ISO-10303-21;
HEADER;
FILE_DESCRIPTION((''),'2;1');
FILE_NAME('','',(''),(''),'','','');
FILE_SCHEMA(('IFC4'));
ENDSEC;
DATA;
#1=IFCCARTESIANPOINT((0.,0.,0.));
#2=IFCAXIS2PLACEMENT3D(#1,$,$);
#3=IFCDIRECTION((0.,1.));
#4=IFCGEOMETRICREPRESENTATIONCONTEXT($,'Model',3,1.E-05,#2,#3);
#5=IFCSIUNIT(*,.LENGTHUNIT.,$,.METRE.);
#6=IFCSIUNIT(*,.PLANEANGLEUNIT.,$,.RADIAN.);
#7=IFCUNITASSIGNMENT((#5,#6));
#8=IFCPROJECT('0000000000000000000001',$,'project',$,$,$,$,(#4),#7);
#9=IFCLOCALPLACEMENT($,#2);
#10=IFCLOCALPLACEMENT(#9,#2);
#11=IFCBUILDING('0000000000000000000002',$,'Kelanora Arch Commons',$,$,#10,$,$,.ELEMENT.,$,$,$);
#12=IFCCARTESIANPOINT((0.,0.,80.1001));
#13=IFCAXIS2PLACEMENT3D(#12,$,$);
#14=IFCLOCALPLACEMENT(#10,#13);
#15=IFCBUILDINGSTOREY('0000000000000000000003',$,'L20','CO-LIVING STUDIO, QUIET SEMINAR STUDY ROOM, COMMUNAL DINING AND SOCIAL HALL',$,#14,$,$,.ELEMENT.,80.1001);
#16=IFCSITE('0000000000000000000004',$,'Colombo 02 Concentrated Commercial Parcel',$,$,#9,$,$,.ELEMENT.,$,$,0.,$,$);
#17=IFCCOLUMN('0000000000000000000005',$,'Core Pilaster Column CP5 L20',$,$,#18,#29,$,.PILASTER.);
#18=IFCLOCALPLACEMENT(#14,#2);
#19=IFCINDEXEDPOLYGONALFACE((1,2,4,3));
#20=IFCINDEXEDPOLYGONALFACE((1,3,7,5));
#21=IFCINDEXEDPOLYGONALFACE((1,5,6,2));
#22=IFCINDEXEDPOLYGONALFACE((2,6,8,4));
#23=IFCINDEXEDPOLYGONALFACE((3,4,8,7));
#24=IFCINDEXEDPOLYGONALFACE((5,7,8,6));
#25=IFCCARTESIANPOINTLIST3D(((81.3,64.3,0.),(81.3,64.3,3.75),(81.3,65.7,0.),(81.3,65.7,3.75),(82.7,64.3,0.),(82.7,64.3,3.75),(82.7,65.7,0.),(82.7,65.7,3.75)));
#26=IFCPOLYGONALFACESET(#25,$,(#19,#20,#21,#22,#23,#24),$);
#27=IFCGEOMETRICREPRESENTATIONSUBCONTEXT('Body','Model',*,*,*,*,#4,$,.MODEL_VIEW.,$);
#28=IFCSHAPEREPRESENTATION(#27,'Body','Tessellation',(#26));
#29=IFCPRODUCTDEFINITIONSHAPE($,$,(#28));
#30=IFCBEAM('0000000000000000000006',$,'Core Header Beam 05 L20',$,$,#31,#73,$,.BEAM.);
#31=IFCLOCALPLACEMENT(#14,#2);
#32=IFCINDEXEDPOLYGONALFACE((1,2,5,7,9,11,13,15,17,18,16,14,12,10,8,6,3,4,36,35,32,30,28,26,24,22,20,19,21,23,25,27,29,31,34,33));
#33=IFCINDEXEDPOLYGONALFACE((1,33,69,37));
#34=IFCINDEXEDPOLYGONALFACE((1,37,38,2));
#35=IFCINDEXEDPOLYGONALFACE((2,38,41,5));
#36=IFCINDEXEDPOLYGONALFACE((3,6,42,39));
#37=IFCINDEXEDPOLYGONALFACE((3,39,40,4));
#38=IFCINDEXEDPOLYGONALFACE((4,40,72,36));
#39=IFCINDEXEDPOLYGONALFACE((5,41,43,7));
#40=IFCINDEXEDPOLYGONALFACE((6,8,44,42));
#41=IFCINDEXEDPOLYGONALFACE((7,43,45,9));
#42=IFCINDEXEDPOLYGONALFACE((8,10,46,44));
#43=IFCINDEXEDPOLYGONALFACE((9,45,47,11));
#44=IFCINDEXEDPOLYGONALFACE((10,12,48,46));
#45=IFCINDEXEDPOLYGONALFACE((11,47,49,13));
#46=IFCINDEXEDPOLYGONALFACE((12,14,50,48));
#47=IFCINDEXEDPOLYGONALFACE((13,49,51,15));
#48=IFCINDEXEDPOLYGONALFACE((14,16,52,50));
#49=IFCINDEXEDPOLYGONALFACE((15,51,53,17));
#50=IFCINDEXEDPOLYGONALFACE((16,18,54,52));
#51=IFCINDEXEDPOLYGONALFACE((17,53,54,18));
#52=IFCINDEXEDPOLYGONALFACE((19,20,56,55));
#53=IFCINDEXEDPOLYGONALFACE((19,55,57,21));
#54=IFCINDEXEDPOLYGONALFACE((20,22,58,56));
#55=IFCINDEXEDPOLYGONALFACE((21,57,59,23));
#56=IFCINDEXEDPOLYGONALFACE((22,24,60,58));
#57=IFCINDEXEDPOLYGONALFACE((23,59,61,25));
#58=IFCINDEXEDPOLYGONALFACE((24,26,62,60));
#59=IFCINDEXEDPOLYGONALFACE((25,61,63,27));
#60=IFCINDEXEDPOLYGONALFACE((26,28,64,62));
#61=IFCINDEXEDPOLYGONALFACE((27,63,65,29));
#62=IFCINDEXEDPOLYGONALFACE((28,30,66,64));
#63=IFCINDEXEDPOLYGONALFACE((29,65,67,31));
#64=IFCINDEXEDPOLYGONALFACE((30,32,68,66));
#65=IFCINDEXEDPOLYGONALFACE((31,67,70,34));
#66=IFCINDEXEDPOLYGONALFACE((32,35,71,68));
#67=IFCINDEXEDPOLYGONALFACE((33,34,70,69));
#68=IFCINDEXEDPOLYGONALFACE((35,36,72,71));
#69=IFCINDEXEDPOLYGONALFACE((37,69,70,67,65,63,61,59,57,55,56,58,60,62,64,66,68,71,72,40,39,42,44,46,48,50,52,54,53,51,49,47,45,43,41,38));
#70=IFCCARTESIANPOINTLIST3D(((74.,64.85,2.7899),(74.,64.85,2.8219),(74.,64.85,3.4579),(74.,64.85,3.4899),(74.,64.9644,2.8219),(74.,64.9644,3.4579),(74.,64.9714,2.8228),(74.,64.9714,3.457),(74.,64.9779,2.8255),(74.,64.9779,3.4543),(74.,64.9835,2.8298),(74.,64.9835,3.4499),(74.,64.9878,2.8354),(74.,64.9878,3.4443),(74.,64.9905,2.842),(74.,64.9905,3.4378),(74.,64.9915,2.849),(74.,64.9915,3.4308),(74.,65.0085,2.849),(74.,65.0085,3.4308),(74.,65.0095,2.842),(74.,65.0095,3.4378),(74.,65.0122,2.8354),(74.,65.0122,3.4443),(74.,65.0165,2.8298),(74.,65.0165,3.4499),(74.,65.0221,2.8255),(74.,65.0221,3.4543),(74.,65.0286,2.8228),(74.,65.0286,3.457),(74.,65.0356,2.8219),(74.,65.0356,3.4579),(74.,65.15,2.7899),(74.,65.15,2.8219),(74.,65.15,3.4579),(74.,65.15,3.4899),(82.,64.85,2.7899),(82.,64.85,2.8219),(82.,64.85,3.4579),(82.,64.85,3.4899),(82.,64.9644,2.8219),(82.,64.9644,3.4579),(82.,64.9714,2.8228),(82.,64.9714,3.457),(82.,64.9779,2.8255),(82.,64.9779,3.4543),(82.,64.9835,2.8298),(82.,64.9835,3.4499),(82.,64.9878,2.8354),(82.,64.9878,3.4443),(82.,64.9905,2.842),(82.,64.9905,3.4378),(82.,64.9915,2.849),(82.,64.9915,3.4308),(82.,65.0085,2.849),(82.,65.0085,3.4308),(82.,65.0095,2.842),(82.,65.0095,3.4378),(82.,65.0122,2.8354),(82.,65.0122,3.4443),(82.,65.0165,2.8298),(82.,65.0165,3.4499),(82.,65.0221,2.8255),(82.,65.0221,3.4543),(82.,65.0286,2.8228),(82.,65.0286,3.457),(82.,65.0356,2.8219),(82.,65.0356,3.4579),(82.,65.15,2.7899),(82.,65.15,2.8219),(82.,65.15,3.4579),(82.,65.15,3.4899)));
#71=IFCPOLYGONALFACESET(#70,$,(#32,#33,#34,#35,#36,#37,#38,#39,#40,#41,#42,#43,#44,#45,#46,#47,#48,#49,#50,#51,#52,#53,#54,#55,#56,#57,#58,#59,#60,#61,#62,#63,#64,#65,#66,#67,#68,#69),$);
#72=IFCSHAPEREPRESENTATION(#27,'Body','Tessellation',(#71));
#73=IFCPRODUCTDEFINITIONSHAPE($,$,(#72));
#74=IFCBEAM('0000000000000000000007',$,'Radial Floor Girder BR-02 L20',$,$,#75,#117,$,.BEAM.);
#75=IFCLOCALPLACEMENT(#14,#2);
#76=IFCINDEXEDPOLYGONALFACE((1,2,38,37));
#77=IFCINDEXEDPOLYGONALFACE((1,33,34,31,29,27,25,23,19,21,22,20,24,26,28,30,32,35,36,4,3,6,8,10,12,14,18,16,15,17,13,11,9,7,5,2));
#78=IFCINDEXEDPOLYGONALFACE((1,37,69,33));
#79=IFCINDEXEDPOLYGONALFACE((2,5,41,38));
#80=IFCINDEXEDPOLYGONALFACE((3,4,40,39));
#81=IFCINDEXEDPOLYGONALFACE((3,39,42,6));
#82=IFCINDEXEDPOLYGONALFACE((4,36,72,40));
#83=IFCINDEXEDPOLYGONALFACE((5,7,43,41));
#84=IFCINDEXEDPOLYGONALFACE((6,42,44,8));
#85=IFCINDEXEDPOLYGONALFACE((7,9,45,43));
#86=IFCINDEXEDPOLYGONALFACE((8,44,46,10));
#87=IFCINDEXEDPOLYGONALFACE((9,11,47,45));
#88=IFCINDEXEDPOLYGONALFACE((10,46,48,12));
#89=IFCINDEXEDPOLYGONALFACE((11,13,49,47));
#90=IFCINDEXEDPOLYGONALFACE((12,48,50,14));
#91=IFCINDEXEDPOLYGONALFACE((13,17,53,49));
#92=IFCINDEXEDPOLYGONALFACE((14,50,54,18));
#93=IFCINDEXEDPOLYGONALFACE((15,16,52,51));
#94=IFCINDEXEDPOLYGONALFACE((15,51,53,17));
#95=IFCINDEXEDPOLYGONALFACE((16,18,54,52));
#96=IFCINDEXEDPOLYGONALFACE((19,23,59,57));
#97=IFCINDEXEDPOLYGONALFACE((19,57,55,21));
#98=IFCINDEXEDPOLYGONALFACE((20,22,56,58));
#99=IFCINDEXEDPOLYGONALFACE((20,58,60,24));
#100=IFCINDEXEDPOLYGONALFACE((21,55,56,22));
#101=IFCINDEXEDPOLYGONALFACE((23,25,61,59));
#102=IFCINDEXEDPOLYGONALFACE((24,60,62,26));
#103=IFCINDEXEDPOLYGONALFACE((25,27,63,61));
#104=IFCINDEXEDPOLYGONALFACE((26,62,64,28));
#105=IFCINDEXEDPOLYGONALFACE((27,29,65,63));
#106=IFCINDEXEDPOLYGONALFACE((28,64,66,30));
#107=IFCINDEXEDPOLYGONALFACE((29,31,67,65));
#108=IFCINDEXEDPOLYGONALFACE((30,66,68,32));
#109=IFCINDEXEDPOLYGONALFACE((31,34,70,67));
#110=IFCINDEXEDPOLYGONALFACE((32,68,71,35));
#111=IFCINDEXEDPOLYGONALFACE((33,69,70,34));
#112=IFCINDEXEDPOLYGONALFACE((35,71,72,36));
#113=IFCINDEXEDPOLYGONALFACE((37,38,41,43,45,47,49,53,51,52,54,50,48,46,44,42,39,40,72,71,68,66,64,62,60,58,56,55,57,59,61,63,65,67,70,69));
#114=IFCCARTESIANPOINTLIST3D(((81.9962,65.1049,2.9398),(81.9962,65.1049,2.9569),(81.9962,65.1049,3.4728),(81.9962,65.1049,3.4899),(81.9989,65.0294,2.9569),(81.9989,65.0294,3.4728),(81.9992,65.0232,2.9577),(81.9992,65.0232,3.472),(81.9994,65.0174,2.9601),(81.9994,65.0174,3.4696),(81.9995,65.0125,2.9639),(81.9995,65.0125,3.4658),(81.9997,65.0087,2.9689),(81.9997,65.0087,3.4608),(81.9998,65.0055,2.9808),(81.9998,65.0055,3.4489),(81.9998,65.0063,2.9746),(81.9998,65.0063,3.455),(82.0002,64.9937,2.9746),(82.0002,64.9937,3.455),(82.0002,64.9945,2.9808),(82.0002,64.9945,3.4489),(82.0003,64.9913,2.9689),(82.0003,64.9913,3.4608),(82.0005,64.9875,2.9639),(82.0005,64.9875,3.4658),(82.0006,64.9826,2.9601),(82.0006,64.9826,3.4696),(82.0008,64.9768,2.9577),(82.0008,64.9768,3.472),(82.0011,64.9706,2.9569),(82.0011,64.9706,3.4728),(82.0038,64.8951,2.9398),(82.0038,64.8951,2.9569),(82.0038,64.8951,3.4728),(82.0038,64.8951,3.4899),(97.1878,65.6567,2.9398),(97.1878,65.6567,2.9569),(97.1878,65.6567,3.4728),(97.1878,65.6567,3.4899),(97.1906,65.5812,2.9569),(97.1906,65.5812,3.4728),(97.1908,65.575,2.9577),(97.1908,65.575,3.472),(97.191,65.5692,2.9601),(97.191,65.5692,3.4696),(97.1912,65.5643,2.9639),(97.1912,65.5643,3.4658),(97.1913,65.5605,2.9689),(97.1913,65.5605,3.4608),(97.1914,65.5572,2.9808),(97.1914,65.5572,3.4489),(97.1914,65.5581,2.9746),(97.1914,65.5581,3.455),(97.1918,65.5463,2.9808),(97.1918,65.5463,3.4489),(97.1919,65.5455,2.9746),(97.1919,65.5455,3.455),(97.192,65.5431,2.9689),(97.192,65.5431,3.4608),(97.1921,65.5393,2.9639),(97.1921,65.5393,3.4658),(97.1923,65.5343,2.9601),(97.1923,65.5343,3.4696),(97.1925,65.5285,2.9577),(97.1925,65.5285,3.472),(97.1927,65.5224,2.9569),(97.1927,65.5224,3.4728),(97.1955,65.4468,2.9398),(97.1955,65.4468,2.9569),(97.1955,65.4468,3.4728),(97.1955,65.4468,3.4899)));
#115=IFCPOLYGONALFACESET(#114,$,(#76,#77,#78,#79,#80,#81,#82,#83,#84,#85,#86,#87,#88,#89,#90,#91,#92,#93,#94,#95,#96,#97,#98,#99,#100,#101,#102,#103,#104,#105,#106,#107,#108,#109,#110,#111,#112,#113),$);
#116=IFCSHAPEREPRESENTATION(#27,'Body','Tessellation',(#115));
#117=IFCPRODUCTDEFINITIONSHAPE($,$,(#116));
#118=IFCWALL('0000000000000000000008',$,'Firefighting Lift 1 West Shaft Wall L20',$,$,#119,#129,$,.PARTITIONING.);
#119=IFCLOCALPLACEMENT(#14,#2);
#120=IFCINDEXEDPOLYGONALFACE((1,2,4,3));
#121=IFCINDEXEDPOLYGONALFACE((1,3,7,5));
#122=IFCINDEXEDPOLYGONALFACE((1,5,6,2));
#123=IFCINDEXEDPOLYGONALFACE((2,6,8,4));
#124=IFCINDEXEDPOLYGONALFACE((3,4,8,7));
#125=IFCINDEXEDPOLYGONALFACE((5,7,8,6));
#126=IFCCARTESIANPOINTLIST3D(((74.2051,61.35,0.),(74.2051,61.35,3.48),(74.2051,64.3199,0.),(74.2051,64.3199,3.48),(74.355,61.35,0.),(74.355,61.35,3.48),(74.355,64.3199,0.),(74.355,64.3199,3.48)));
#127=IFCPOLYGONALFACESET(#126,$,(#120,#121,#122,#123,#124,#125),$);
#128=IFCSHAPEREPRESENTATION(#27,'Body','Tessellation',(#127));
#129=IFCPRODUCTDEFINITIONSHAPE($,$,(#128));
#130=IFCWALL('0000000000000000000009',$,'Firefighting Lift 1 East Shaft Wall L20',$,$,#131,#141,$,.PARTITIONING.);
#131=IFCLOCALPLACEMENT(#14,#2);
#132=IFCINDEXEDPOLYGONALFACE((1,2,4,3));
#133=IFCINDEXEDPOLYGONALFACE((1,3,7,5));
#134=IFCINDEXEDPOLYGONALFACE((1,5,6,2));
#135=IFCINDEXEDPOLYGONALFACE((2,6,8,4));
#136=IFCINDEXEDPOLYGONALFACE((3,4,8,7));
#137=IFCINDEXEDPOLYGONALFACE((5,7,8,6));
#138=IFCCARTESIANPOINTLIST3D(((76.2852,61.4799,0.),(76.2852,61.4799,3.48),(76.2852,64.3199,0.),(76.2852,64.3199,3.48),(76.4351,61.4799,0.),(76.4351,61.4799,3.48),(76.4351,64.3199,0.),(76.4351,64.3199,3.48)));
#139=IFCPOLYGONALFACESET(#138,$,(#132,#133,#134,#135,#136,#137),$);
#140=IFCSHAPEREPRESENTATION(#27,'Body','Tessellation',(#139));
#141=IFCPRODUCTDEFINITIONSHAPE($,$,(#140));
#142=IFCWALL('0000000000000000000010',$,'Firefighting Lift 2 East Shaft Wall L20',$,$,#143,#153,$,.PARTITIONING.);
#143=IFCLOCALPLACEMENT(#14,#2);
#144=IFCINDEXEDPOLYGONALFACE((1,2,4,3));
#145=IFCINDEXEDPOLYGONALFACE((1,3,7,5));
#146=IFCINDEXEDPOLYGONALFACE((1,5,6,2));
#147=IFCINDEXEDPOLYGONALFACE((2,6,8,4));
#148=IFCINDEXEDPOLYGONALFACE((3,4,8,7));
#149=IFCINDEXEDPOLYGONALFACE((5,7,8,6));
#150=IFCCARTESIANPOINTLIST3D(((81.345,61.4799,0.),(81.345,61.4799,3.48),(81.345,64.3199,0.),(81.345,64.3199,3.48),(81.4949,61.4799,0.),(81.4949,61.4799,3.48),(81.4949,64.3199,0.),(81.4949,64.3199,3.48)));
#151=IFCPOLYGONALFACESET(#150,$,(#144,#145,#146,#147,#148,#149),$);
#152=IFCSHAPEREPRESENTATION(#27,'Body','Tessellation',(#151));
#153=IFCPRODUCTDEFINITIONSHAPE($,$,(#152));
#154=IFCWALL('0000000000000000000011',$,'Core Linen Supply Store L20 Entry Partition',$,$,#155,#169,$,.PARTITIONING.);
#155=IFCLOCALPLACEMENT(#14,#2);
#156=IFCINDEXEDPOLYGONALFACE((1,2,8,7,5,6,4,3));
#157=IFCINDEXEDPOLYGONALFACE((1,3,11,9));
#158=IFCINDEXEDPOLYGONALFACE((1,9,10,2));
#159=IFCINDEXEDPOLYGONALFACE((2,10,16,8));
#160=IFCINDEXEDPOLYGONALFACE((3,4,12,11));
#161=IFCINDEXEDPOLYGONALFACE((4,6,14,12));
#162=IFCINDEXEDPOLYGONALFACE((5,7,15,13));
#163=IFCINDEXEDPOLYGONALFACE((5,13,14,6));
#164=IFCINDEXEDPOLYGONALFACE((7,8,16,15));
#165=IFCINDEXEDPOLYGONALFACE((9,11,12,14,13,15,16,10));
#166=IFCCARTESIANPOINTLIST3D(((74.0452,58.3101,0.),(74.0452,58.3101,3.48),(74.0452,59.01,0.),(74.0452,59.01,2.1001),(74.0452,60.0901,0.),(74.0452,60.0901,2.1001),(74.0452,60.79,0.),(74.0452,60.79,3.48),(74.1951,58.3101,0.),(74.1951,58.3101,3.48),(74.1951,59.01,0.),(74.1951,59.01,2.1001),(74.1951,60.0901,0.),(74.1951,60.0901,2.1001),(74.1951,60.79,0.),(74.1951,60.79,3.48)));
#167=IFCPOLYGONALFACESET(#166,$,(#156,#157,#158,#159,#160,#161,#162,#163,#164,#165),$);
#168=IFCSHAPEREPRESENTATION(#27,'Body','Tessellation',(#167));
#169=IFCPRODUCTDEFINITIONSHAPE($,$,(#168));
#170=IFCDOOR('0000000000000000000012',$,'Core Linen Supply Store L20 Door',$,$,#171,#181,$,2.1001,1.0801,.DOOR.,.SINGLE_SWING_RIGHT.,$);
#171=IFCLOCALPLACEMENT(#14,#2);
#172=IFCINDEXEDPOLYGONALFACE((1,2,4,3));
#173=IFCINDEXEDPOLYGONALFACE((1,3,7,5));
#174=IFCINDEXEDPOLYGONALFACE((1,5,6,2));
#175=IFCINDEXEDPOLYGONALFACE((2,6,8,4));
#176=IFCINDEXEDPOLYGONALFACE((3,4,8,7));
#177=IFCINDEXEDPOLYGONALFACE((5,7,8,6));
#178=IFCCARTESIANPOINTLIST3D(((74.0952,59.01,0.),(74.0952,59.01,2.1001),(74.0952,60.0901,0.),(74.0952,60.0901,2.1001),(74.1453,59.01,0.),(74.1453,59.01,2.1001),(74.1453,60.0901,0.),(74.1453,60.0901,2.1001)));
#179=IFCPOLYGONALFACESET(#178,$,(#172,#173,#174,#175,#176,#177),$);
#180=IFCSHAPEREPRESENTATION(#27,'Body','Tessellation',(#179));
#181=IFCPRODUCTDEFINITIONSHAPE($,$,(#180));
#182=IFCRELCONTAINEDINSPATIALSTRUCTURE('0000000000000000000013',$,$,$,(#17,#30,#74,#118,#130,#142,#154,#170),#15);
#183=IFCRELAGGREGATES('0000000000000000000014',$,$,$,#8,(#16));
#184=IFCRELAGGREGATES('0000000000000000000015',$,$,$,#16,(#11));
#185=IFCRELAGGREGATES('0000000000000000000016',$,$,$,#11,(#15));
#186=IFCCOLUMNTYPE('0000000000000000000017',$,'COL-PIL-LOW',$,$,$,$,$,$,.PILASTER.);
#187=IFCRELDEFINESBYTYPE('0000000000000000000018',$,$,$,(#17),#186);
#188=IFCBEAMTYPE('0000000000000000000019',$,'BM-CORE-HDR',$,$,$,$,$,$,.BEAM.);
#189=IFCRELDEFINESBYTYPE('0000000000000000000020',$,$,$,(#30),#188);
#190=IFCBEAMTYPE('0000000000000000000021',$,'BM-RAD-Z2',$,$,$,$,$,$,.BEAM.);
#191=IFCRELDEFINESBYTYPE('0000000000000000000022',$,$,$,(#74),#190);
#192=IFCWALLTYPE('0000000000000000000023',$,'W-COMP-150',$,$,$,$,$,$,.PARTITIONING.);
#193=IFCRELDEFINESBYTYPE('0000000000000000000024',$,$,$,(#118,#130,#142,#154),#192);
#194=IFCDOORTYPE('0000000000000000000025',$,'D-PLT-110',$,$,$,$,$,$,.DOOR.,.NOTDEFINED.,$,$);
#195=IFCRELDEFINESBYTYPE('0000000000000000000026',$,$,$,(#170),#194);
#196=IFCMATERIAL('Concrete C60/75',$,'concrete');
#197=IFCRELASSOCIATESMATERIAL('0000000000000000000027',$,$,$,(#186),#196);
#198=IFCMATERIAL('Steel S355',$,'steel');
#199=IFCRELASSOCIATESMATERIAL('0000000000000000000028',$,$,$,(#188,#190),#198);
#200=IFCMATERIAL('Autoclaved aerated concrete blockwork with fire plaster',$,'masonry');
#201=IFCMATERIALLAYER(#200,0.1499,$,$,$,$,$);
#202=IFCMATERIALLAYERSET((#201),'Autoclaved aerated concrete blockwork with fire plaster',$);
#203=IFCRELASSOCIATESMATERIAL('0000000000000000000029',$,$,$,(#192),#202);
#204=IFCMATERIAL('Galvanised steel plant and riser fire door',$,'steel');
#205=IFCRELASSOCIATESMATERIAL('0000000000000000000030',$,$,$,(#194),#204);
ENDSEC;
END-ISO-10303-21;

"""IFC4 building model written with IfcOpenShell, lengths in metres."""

from ifc_helpers import new_model, si_unit, direction, frame, frame_2d, origin, origin_2d, place, context, subcontext, project, spatial, rectangle, i_section, extrude, material, layer, layer_set, material_profile, profile_set, type_object, element, fill, save


model = new_model("IFC4")

# Units and contexts
model_context = context("Model", 3, precision=1e-05, world=origin(), true_north=direction((0.0, 1.0)))
body_context = subcontext(model_context, "Body", "Model", "MODEL_VIEW")
ifc_project = project(units=[si_unit("LENGTHUNIT", "METRE"), si_unit("PLANEANGLEUNIT", "RADIAN")], contexts=[model_context])

# Site, building, storey
site_placement = place(None, origin())
site = spatial("IfcSite", under=ifc_project, at=site_placement, Name="Colombo 02 Concentrated Commercial Parcel", CompositionType="ELEMENT", RefElevation=0.0)
building_placement = place(site_placement, origin())
building = spatial("IfcBuilding", under=site, at=building_placement, Name="Kelanora Arch Commons", CompositionType="ELEMENT")
storey_placement = place(building_placement, frame((0.0, 0.0, 80.1001)))
storey = spatial("IfcBuildingStorey", under=building, at=storey_placement, Name="L20", Description="CO-LIVING STUDIO, QUIET SEMINAR STUDY ROOM, COMMUNAL DINING AND SOCIAL HALL", CompositionType="ELEMENT", Elevation=80.1001)

# Column
ifc_material_1 = material(Name="Concrete C60/75", Category="concrete")
ifc_material_profile_1 = material_profile(ifc_material_1, rectangle(XDim=1.3999, YDim=1.3999, at=origin_2d()), Name="RC1400x1400")
ifc_profile_set_1 = profile_set([ifc_material_profile_1], Name="Concrete C60/75")
column_type = type_object("IfcColumnType", Name="COL-PIL-LOW", PredefinedType="PILASTER", material=ifc_profile_set_1)
column_placement = place(storey_placement, frame((82.0, 65.0, 0.0), z_axis=(0.0, 0.0, 1.0), x_axis=(1.0, 0.0, 0.0)))
element("IfcColumn", 1, at=column_placement, inside=storey, type_object=column_type, Name="Core Pilaster Column CP5 L20", PredefinedType="PILASTER", context=body_context, shape_type="SweptSolid", body=[
    extrude(rectangle(XDim=1.3999, YDim=1.3999, at=origin_2d()), origin(), (0.0, 0.0, 1.0), 3.75),
])

# Beams
ifc_material_2 = material(Name="Steel S355", Category="steel")
ifc_material_profile_2 = material_profile(ifc_material_2, i_section(OverallWidth=0.3, OverallDepth=0.7, WebThickness=0.0171, FlangeThickness=0.032, FilletRadius=0.0271, at=origin_2d()), Name="HEB700")
ifc_profile_set_2 = profile_set([ifc_material_profile_2], Name="Steel S355")
beam_type_1 = type_object("IfcBeamType", Name="BM-CORE-HDR", PredefinedType="BEAM", material=ifc_profile_set_2)
beam_1_placement = place(storey_placement, frame((82.0, 65.0, 3.1399), z_axis=(-1.0, 0.0, 0.0), x_axis=(0.0, -1.0, 0.0)))
element("IfcBeam", 2, at=beam_1_placement, inside=storey, type_object=beam_type_1, Name="Core Header Beam 05 L20", PredefinedType="BEAM", context=body_context, shape_type="SweptSolid", body=[
    extrude(i_section(OverallWidth=0.3, OverallDepth=0.7, WebThickness=0.0171, FlangeThickness=0.032, FilletRadius=0.0271, at=origin_2d()), origin(), (0.0, 0.0, 1.0), 8.0),
])
ifc_material_profile_3 = material_profile(ifc_material_2, i_section(OverallWidth=0.21, OverallDepth=0.55, WebThickness=0.011, FlangeThickness=0.0171, FilletRadius=0.0239, at=origin_2d()), Name="IPE550")
ifc_profile_set_3 = profile_set([ifc_material_profile_3], Name="Steel S355")
beam_type_2 = type_object("IfcBeamType", Name="BM-RAD-Z2", PredefinedType="BEAM", material=ifc_profile_set_3)
beam_2_placement = place(storey_placement, frame((82.0, 65.0, 3.2148), z_axis=(0.999341, 0.036296, 0.0), x_axis=(-0.036296, 0.999341, 0.0)))
element("IfcBeam", 3, at=beam_2_placement, inside=storey, type_object=beam_type_2, Name="Radial Floor Girder BR-02 L20", PredefinedType="BEAM", context=body_context, shape_type="SweptSolid", body=[
    extrude(i_section(OverallWidth=0.21, OverallDepth=0.55, WebThickness=0.011, FlangeThickness=0.0171, FilletRadius=0.0239, at=origin_2d()), origin(), (0.0, 0.0, 1.0), 15.2017),
])

# Walls
ifc_material_3 = material(Name="Autoclaved aerated concrete blockwork with fire plaster", Category="masonry")
ifc_layer_1 = layer(ifc_material_3, 0.1499)
ifc_layer_set_1 = layer_set([ifc_layer_1], Name="Autoclaved aerated concrete blockwork with fire plaster")
wall_type_1 = type_object("IfcWallType", Name="W-COMP-150", PredefinedType="PARTITIONING", material=ifc_layer_set_1)
wall_1_placement = place(storey_placement, frame((74.28, 61.3501, 0.0), z_axis=(0.0, 0.0, 1.0), x_axis=(0.0, 1.0, 0.0)))
element("IfcWall", 4, at=wall_1_placement, inside=storey, type_object=wall_type_1, Name="Firefighting Lift 1 West Shaft Wall L20", PredefinedType="PARTITIONING", context=body_context, shape_type="SweptSolid", body=[
    extrude(rectangle(XDim=2.97, YDim=0.1499, at=frame_2d((1.4849, 0.0))), origin(), (0.0, 0.0, 1.0), 3.48),
])
for number, where, z_axis, x_axis, name in (
    (5, (76.3601, 61.48, 0.0), (0.0, 0.0, 1.0), (0.0, 1.0, 0.0), "Firefighting Lift 1 East Shaft Wall L20"),
    (6, (81.4199, 61.48, 0.0), (0.0, 0.0, 1.0), (0.0, 1.0, 0.0), "Firefighting Lift 2 East Shaft Wall L20"),
):
    element("IfcWall", number, at=place(storey_placement, frame(where, z_axis=z_axis, x_axis=x_axis)), inside=storey, type_object=wall_type_1, Name=name, PredefinedType="PARTITIONING", context=body_context, shape_type="SweptSolid", body=[
        extrude(rectangle(XDim=2.8401, YDim=0.1499, at=frame_2d((1.4199, 0.0))), origin(), (0.0, 0.0, 1.0), 3.48),
    ])

# Wall, opening, door
wall_2_placement = place(storey_placement, frame((74.1201, 58.3101, 0.0), z_axis=(0.0, 0.0, 1.0), x_axis=(0.0, 1.0, 0.0)))
wall_2 = element("IfcWall", 7, at=wall_2_placement, inside=storey, type_object=wall_type_1, Name="Core Linen Supply Store L20 Entry Partition", PredefinedType="PARTITIONING", context=body_context, shape_type="SweptSolid", body=[
    extrude(rectangle(XDim=2.48, YDim=0.1499, at=frame_2d((1.24, 0.0))), origin(), (0.0, 0.0, 1.0), 3.48),
])
opening_1_placement = place(wall_2_placement, frame((0.7, 0.0, 0.0)))
opening_1 = element("IfcOpeningElement", 8, at=opening_1_placement, cuts=wall_2, PredefinedType="OPENING", context=body_context, shape_type="SweptSolid", body=[
    extrude(rectangle(XDim=1.0801, YDim=2.1001, at=frame_2d((0.54, 1.05))), frame((0.0, 0.085, 0.0), z_axis=(0.0, -1.0, 0.0), x_axis=(1.0, 0.0, 0.0)), (0.0, 0.0, 1.0), 0.1699),
])
ifc_material_4 = material(Name="Galvanised steel plant and riser fire door", Category="steel")
door_type_1 = type_object("IfcDoorType", Name="D-PLT-110", OperationType="NOTDEFINED", PredefinedType="DOOR", material=ifc_material_4)
door_1_placement = place(opening_1_placement, origin())
door_1 = element("IfcDoor", 9, at=door_1_placement, inside=storey, type_object=door_type_1, Name="Core Linen Supply Store L20 Door", OperationType="SINGLE_SWING_RIGHT", OverallHeight=2.1001, OverallWidth=1.0801, PredefinedType="DOOR", context=body_context, shape_type="SweptSolid", body=[
    extrude(rectangle(XDim=1.0801, YDim=2.1001, at=frame_2d((0.54, 1.05))), frame((0.0, 0.0249, 0.0), z_axis=(0.0, -1.0, 0.0), x_axis=(1.0, 0.0, 0.0)), (0.0, 0.0, 1.0), 0.05),
])
fill(opening_1, door_1)

save(model, "model.ifc")
